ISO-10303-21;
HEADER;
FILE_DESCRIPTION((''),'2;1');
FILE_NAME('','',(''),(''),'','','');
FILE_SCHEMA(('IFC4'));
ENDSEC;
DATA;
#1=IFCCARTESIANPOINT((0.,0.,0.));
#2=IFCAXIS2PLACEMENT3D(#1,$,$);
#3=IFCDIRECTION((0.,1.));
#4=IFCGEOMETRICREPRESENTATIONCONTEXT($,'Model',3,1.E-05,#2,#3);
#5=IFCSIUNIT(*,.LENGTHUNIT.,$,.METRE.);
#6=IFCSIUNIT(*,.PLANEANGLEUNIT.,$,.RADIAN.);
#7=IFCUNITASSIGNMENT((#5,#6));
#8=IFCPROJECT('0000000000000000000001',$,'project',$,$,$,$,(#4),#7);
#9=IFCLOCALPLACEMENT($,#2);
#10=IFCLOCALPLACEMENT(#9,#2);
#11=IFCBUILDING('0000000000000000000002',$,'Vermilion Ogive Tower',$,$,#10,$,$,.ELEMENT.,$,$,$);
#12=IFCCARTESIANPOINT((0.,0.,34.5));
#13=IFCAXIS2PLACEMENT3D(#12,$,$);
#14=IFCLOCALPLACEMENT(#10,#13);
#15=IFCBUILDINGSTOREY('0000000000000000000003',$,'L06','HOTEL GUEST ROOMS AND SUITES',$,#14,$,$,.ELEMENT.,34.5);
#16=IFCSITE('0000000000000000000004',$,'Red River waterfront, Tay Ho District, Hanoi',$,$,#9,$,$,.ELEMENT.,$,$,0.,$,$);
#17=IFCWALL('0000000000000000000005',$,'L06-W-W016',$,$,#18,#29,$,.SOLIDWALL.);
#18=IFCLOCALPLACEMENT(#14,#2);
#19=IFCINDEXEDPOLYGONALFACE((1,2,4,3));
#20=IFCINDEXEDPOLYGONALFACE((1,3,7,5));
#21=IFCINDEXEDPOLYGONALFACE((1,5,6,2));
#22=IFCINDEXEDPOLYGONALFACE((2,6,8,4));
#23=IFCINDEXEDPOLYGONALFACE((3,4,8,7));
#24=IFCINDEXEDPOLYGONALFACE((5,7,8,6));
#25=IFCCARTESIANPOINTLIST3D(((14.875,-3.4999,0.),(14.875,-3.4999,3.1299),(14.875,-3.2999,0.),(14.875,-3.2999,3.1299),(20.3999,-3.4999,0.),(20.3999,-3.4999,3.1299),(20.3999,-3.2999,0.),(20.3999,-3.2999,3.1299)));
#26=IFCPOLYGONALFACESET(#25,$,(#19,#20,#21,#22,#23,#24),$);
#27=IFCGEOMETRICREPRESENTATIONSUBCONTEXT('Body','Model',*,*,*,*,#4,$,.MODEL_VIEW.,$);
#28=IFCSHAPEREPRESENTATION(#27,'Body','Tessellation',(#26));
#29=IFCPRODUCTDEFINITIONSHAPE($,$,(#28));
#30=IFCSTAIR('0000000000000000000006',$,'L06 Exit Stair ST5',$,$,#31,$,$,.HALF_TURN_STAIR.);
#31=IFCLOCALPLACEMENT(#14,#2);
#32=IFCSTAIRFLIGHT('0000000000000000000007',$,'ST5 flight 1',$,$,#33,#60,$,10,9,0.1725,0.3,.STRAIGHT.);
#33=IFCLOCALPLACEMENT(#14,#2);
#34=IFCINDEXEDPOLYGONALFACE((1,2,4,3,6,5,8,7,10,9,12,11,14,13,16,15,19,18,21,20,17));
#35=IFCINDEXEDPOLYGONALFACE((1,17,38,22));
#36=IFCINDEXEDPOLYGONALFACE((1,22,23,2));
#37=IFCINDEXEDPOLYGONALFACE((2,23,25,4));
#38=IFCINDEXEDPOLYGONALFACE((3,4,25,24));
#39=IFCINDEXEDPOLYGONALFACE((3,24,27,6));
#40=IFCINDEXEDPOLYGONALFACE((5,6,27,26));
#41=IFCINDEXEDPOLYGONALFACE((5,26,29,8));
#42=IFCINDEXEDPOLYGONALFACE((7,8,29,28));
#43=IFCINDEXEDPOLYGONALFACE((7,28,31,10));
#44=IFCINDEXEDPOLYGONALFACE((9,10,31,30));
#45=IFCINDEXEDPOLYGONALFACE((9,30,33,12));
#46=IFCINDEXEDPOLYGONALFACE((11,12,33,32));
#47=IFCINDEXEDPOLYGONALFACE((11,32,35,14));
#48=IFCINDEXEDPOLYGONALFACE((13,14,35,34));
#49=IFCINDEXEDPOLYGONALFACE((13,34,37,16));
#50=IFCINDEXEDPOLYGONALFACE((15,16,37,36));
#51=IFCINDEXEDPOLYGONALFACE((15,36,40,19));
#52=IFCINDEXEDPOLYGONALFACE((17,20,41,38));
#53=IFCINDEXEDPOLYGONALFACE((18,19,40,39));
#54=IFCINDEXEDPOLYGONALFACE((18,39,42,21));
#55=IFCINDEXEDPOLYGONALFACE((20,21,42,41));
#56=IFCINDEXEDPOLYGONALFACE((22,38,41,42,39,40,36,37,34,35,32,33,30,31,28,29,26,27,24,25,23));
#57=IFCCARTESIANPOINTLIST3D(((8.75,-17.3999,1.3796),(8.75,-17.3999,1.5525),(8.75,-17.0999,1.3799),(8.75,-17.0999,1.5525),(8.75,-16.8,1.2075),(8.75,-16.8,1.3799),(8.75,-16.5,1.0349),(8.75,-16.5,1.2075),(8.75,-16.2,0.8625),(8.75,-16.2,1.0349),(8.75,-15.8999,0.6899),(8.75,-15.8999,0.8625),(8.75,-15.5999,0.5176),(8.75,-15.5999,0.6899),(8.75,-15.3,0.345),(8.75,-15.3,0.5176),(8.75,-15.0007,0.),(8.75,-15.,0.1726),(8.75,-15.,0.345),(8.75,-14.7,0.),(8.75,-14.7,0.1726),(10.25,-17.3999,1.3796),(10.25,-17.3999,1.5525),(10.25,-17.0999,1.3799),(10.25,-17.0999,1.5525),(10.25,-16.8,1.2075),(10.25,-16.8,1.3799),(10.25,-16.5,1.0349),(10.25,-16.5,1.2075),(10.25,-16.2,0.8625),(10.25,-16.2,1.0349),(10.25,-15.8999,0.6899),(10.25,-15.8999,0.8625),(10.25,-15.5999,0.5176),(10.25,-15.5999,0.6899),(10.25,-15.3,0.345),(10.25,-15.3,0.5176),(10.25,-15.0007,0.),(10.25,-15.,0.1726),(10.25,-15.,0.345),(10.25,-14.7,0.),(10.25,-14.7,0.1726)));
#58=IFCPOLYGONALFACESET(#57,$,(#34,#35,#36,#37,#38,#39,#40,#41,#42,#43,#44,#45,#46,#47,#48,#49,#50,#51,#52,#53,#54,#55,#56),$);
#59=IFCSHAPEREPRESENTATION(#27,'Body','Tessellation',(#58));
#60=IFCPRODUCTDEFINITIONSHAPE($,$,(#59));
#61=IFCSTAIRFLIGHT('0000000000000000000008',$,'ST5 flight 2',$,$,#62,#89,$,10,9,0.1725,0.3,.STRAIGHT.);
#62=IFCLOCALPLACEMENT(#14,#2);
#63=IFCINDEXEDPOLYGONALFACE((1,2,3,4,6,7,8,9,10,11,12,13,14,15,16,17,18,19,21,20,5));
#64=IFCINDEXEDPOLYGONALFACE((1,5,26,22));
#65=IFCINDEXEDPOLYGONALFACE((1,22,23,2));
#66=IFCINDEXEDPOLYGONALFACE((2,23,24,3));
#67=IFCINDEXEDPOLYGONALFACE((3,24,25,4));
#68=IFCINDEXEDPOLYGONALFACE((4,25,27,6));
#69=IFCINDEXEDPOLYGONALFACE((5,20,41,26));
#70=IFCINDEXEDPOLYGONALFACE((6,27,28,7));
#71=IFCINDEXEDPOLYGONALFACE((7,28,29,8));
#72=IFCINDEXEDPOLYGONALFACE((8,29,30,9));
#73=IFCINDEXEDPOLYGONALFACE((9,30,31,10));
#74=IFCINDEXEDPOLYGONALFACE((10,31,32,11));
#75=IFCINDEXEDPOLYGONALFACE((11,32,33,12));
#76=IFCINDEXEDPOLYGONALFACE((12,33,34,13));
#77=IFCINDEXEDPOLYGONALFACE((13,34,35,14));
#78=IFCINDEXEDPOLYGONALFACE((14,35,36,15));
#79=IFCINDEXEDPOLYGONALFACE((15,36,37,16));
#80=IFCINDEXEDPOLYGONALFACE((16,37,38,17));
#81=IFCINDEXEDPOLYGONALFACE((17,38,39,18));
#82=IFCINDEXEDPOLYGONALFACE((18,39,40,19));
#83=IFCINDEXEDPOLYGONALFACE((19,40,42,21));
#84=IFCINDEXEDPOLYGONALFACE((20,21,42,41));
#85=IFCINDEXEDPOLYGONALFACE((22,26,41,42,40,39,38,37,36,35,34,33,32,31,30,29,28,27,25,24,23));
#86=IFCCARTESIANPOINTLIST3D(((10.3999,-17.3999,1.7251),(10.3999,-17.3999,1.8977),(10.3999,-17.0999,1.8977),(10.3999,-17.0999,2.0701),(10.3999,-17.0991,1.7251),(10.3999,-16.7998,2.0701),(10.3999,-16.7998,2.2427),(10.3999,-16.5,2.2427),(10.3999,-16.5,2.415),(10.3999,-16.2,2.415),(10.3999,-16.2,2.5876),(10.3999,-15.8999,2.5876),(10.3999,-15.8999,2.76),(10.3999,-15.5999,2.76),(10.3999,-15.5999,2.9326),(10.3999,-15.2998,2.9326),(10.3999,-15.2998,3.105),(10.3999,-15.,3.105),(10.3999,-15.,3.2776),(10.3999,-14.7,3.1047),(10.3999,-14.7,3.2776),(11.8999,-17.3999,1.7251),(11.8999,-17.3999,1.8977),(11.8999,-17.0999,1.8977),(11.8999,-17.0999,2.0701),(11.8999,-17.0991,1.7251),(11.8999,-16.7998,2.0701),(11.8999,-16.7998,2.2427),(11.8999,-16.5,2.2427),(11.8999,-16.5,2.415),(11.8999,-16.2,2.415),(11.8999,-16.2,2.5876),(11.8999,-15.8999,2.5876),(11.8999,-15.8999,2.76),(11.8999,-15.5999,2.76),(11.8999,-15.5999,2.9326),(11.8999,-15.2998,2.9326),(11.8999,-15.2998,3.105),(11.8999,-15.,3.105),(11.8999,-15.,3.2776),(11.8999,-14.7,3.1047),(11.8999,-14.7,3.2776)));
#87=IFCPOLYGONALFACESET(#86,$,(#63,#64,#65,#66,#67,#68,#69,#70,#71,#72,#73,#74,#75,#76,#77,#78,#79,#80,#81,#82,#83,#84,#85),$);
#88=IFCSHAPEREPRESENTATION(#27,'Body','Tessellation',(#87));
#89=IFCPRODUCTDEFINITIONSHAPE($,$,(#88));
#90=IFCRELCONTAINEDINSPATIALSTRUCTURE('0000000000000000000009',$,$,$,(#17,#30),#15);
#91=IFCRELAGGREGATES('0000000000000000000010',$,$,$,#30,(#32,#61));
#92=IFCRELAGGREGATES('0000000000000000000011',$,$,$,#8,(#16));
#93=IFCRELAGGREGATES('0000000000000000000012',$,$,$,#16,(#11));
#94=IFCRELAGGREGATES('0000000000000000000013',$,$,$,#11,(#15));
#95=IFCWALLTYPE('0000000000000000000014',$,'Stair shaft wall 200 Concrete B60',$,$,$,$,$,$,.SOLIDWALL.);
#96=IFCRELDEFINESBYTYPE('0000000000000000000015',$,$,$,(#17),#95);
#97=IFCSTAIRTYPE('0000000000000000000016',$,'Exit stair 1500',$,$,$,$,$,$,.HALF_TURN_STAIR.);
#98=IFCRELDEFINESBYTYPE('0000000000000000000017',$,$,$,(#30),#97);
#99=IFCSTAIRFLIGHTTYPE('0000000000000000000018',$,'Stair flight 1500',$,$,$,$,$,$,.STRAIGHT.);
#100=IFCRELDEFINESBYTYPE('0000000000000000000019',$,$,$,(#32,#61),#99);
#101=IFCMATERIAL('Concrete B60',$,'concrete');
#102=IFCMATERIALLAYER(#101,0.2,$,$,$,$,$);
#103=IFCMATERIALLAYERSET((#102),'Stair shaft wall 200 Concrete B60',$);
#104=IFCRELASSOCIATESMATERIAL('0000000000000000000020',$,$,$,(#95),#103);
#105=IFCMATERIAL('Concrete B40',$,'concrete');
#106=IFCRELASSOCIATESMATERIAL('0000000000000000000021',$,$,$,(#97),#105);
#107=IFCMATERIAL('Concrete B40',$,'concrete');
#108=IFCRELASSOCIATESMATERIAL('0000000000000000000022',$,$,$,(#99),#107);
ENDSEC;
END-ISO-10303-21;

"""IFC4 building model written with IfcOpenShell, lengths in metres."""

from ifc_helpers import new_model, si_unit, direction, frame, frame_2d, origin, place, context, subcontext, project, spatial, polyline, rectangle, outline, extrude, material, layer, layer_set, type_object, element, aggregate, save


model = new_model("IFC4")

# Units and contexts
model_context = context("Model", 3, precision=1e-05, world=origin(), true_north=direction((0.0, 1.0)))
body_context = subcontext(model_context, "Body", "Model", "MODEL_VIEW")
ifc_project = project(units=[si_unit("LENGTHUNIT", "METRE"), si_unit("PLANEANGLEUNIT", "RADIAN")], contexts=[model_context])

# Site, building, storey
site_placement = place(None, origin())
site = spatial("IfcSite", under=ifc_project, at=site_placement, Name="Red River waterfront, Tay Ho District, Hanoi", CompositionType="ELEMENT", RefElevation=0.0)
building_placement = place(site_placement, origin())
building = spatial("IfcBuilding", under=site, at=building_placement, Name="Vermilion Ogive Tower", CompositionType="ELEMENT")
storey_placement = place(building_placement, frame((0.0, 0.0, 34.5)))
storey = spatial("IfcBuildingStorey", under=building, at=storey_placement, Name="L06", Description="HOTEL GUEST ROOMS AND SUITES", CompositionType="ELEMENT", Elevation=34.5)

# Wall
ifc_material_1 = material(Name="Concrete B60", Category="concrete")
ifc_layer_1 = layer(ifc_material_1, 0.2)
ifc_layer_set_1 = layer_set([ifc_layer_1], Name="Stair shaft wall 200 Concrete B60")
wall_type_1 = type_object("IfcWallType", Name="Stair shaft wall 200 Concrete B60", PredefinedType="SOLIDWALL", material=ifc_layer_set_1)
wall_1_placement = place(storey_placement, frame((14.875, -3.3999, 0.0), z_axis=(0.0, 0.0, 1.0), x_axis=(1.0, 0.0, 0.0)))
element("IfcWall", 1, at=wall_1_placement, inside=storey, type_object=wall_type_1, Name="L06-W-W016", PredefinedType="SOLIDWALL", context=body_context, shape_type="SweptSolid", body=[
    extrude(rectangle(XDim=5.5249, YDim=0.2, at=frame_2d((2.7625, 0.0))), origin(), (0.0, 0.0, 1.0), 3.1299),
])

# Stair, stair flights
ifc_material_2 = material(Name="Concrete B40", Category="concrete")
stair_type = type_object("IfcStairType", Name="Exit stair 1500", PredefinedType="HALF_TURN_STAIR", material=ifc_material_2)
stair_placement = place(storey_placement, origin())
stair = element("IfcStair", 2, at=stair_placement, inside=storey, type_object=stair_type, Name="L06 Exit Stair ST5", PredefinedType="HALF_TURN_STAIR")
ifc_material_3 = material(Name="Concrete B40", Category="concrete")
stair_flight_type = type_object("IfcStairFlightType", Name="Stair flight 1500", PredefinedType="STRAIGHT", material=ifc_material_3)
stair_flight_1_placement = place(storey_placement, frame((9.5, -14.7, 0.0), z_axis=(0.0, 0.0, 1.0), x_axis=(0.0, -1.0, 0.0)))
stair_flight_1 = element("IfcStairFlight", 3, at=stair_flight_1_placement, type_object=stair_flight_type, Name="ST5 flight 1", NumberOfRisers=10, NumberOfTreads=9, PredefinedType="STRAIGHT", RiserHeight=0.1725, TreadLength=0.3, context=body_context, shape_type="SweptSolid", body=[
    extrude(outline(polyline([(0.0, 0.0), (0.0, 0.1726), (0.3, 0.1726), (0.3, 0.345), (0.6001, 0.345), (0.6001, 0.5176), (0.8999, 0.5176), (0.8999, 0.6899), (1.2, 0.6899), (1.2, 0.8625), (1.5, 0.8625), (1.5, 1.0349), (1.8, 1.0349), (1.8, 1.2075), (2.1001, 1.2075), (2.1001, 1.3799), (2.3999, 1.3799), (2.3999, 1.5525), (2.7, 1.5525), (2.7, 1.7251), (2.7, 1.3796), (0.3008, 0.0), (0.0, 0.0)])), frame((0.0, 0.75, 0.0), z_axis=(0.0, -1.0, 0.0), x_axis=(1.0, 0.0, 0.0)), (0.0, 0.0, 1.0), 1.5),
])
stair_flight_2_placement = place(storey_placement, frame((11.1499, -17.3999, 1.7251), z_axis=(0.0, 0.0, 1.0), x_axis=(0.0, 1.0, 0.0)))
stair_flight_2 = element("IfcStairFlight", 4, at=stair_flight_2_placement, type_object=stair_flight_type, Name="ST5 flight 2", NumberOfRisers=10, NumberOfTreads=9, PredefinedType="STRAIGHT", RiserHeight=0.1725, TreadLength=0.3, context=body_context, shape_type="SweptSolid", body=[
    extrude(outline(polyline([(0.0, 0.0), (0.0, 0.1726), (0.3, 0.1726), (0.3, 0.345), (0.6001, 0.345), (0.6001, 0.5176), (0.8999, 0.5176), (0.8999, 0.6899), (1.2, 0.6899), (1.2, 0.8625), (1.5, 0.8625), (1.5, 1.0349), (1.8, 1.0349), (1.8, 1.2075), (2.1001, 1.2075), (2.1001, 1.3799), (2.3999, 1.3799), (2.3999, 1.5525), (2.7, 1.5525), (2.7, 1.7251), (2.7, 1.3796), (0.3008, 0.0), (0.0, 0.0)])), frame((0.0, 0.75, 0.0), z_axis=(0.0, -1.0, 0.0), x_axis=(1.0, 0.0, 0.0)), (0.0, 0.0, 1.0), 1.5),
])
aggregate(stair, [stair_flight_1, stair_flight_2])

save(model, "model.ifc")
